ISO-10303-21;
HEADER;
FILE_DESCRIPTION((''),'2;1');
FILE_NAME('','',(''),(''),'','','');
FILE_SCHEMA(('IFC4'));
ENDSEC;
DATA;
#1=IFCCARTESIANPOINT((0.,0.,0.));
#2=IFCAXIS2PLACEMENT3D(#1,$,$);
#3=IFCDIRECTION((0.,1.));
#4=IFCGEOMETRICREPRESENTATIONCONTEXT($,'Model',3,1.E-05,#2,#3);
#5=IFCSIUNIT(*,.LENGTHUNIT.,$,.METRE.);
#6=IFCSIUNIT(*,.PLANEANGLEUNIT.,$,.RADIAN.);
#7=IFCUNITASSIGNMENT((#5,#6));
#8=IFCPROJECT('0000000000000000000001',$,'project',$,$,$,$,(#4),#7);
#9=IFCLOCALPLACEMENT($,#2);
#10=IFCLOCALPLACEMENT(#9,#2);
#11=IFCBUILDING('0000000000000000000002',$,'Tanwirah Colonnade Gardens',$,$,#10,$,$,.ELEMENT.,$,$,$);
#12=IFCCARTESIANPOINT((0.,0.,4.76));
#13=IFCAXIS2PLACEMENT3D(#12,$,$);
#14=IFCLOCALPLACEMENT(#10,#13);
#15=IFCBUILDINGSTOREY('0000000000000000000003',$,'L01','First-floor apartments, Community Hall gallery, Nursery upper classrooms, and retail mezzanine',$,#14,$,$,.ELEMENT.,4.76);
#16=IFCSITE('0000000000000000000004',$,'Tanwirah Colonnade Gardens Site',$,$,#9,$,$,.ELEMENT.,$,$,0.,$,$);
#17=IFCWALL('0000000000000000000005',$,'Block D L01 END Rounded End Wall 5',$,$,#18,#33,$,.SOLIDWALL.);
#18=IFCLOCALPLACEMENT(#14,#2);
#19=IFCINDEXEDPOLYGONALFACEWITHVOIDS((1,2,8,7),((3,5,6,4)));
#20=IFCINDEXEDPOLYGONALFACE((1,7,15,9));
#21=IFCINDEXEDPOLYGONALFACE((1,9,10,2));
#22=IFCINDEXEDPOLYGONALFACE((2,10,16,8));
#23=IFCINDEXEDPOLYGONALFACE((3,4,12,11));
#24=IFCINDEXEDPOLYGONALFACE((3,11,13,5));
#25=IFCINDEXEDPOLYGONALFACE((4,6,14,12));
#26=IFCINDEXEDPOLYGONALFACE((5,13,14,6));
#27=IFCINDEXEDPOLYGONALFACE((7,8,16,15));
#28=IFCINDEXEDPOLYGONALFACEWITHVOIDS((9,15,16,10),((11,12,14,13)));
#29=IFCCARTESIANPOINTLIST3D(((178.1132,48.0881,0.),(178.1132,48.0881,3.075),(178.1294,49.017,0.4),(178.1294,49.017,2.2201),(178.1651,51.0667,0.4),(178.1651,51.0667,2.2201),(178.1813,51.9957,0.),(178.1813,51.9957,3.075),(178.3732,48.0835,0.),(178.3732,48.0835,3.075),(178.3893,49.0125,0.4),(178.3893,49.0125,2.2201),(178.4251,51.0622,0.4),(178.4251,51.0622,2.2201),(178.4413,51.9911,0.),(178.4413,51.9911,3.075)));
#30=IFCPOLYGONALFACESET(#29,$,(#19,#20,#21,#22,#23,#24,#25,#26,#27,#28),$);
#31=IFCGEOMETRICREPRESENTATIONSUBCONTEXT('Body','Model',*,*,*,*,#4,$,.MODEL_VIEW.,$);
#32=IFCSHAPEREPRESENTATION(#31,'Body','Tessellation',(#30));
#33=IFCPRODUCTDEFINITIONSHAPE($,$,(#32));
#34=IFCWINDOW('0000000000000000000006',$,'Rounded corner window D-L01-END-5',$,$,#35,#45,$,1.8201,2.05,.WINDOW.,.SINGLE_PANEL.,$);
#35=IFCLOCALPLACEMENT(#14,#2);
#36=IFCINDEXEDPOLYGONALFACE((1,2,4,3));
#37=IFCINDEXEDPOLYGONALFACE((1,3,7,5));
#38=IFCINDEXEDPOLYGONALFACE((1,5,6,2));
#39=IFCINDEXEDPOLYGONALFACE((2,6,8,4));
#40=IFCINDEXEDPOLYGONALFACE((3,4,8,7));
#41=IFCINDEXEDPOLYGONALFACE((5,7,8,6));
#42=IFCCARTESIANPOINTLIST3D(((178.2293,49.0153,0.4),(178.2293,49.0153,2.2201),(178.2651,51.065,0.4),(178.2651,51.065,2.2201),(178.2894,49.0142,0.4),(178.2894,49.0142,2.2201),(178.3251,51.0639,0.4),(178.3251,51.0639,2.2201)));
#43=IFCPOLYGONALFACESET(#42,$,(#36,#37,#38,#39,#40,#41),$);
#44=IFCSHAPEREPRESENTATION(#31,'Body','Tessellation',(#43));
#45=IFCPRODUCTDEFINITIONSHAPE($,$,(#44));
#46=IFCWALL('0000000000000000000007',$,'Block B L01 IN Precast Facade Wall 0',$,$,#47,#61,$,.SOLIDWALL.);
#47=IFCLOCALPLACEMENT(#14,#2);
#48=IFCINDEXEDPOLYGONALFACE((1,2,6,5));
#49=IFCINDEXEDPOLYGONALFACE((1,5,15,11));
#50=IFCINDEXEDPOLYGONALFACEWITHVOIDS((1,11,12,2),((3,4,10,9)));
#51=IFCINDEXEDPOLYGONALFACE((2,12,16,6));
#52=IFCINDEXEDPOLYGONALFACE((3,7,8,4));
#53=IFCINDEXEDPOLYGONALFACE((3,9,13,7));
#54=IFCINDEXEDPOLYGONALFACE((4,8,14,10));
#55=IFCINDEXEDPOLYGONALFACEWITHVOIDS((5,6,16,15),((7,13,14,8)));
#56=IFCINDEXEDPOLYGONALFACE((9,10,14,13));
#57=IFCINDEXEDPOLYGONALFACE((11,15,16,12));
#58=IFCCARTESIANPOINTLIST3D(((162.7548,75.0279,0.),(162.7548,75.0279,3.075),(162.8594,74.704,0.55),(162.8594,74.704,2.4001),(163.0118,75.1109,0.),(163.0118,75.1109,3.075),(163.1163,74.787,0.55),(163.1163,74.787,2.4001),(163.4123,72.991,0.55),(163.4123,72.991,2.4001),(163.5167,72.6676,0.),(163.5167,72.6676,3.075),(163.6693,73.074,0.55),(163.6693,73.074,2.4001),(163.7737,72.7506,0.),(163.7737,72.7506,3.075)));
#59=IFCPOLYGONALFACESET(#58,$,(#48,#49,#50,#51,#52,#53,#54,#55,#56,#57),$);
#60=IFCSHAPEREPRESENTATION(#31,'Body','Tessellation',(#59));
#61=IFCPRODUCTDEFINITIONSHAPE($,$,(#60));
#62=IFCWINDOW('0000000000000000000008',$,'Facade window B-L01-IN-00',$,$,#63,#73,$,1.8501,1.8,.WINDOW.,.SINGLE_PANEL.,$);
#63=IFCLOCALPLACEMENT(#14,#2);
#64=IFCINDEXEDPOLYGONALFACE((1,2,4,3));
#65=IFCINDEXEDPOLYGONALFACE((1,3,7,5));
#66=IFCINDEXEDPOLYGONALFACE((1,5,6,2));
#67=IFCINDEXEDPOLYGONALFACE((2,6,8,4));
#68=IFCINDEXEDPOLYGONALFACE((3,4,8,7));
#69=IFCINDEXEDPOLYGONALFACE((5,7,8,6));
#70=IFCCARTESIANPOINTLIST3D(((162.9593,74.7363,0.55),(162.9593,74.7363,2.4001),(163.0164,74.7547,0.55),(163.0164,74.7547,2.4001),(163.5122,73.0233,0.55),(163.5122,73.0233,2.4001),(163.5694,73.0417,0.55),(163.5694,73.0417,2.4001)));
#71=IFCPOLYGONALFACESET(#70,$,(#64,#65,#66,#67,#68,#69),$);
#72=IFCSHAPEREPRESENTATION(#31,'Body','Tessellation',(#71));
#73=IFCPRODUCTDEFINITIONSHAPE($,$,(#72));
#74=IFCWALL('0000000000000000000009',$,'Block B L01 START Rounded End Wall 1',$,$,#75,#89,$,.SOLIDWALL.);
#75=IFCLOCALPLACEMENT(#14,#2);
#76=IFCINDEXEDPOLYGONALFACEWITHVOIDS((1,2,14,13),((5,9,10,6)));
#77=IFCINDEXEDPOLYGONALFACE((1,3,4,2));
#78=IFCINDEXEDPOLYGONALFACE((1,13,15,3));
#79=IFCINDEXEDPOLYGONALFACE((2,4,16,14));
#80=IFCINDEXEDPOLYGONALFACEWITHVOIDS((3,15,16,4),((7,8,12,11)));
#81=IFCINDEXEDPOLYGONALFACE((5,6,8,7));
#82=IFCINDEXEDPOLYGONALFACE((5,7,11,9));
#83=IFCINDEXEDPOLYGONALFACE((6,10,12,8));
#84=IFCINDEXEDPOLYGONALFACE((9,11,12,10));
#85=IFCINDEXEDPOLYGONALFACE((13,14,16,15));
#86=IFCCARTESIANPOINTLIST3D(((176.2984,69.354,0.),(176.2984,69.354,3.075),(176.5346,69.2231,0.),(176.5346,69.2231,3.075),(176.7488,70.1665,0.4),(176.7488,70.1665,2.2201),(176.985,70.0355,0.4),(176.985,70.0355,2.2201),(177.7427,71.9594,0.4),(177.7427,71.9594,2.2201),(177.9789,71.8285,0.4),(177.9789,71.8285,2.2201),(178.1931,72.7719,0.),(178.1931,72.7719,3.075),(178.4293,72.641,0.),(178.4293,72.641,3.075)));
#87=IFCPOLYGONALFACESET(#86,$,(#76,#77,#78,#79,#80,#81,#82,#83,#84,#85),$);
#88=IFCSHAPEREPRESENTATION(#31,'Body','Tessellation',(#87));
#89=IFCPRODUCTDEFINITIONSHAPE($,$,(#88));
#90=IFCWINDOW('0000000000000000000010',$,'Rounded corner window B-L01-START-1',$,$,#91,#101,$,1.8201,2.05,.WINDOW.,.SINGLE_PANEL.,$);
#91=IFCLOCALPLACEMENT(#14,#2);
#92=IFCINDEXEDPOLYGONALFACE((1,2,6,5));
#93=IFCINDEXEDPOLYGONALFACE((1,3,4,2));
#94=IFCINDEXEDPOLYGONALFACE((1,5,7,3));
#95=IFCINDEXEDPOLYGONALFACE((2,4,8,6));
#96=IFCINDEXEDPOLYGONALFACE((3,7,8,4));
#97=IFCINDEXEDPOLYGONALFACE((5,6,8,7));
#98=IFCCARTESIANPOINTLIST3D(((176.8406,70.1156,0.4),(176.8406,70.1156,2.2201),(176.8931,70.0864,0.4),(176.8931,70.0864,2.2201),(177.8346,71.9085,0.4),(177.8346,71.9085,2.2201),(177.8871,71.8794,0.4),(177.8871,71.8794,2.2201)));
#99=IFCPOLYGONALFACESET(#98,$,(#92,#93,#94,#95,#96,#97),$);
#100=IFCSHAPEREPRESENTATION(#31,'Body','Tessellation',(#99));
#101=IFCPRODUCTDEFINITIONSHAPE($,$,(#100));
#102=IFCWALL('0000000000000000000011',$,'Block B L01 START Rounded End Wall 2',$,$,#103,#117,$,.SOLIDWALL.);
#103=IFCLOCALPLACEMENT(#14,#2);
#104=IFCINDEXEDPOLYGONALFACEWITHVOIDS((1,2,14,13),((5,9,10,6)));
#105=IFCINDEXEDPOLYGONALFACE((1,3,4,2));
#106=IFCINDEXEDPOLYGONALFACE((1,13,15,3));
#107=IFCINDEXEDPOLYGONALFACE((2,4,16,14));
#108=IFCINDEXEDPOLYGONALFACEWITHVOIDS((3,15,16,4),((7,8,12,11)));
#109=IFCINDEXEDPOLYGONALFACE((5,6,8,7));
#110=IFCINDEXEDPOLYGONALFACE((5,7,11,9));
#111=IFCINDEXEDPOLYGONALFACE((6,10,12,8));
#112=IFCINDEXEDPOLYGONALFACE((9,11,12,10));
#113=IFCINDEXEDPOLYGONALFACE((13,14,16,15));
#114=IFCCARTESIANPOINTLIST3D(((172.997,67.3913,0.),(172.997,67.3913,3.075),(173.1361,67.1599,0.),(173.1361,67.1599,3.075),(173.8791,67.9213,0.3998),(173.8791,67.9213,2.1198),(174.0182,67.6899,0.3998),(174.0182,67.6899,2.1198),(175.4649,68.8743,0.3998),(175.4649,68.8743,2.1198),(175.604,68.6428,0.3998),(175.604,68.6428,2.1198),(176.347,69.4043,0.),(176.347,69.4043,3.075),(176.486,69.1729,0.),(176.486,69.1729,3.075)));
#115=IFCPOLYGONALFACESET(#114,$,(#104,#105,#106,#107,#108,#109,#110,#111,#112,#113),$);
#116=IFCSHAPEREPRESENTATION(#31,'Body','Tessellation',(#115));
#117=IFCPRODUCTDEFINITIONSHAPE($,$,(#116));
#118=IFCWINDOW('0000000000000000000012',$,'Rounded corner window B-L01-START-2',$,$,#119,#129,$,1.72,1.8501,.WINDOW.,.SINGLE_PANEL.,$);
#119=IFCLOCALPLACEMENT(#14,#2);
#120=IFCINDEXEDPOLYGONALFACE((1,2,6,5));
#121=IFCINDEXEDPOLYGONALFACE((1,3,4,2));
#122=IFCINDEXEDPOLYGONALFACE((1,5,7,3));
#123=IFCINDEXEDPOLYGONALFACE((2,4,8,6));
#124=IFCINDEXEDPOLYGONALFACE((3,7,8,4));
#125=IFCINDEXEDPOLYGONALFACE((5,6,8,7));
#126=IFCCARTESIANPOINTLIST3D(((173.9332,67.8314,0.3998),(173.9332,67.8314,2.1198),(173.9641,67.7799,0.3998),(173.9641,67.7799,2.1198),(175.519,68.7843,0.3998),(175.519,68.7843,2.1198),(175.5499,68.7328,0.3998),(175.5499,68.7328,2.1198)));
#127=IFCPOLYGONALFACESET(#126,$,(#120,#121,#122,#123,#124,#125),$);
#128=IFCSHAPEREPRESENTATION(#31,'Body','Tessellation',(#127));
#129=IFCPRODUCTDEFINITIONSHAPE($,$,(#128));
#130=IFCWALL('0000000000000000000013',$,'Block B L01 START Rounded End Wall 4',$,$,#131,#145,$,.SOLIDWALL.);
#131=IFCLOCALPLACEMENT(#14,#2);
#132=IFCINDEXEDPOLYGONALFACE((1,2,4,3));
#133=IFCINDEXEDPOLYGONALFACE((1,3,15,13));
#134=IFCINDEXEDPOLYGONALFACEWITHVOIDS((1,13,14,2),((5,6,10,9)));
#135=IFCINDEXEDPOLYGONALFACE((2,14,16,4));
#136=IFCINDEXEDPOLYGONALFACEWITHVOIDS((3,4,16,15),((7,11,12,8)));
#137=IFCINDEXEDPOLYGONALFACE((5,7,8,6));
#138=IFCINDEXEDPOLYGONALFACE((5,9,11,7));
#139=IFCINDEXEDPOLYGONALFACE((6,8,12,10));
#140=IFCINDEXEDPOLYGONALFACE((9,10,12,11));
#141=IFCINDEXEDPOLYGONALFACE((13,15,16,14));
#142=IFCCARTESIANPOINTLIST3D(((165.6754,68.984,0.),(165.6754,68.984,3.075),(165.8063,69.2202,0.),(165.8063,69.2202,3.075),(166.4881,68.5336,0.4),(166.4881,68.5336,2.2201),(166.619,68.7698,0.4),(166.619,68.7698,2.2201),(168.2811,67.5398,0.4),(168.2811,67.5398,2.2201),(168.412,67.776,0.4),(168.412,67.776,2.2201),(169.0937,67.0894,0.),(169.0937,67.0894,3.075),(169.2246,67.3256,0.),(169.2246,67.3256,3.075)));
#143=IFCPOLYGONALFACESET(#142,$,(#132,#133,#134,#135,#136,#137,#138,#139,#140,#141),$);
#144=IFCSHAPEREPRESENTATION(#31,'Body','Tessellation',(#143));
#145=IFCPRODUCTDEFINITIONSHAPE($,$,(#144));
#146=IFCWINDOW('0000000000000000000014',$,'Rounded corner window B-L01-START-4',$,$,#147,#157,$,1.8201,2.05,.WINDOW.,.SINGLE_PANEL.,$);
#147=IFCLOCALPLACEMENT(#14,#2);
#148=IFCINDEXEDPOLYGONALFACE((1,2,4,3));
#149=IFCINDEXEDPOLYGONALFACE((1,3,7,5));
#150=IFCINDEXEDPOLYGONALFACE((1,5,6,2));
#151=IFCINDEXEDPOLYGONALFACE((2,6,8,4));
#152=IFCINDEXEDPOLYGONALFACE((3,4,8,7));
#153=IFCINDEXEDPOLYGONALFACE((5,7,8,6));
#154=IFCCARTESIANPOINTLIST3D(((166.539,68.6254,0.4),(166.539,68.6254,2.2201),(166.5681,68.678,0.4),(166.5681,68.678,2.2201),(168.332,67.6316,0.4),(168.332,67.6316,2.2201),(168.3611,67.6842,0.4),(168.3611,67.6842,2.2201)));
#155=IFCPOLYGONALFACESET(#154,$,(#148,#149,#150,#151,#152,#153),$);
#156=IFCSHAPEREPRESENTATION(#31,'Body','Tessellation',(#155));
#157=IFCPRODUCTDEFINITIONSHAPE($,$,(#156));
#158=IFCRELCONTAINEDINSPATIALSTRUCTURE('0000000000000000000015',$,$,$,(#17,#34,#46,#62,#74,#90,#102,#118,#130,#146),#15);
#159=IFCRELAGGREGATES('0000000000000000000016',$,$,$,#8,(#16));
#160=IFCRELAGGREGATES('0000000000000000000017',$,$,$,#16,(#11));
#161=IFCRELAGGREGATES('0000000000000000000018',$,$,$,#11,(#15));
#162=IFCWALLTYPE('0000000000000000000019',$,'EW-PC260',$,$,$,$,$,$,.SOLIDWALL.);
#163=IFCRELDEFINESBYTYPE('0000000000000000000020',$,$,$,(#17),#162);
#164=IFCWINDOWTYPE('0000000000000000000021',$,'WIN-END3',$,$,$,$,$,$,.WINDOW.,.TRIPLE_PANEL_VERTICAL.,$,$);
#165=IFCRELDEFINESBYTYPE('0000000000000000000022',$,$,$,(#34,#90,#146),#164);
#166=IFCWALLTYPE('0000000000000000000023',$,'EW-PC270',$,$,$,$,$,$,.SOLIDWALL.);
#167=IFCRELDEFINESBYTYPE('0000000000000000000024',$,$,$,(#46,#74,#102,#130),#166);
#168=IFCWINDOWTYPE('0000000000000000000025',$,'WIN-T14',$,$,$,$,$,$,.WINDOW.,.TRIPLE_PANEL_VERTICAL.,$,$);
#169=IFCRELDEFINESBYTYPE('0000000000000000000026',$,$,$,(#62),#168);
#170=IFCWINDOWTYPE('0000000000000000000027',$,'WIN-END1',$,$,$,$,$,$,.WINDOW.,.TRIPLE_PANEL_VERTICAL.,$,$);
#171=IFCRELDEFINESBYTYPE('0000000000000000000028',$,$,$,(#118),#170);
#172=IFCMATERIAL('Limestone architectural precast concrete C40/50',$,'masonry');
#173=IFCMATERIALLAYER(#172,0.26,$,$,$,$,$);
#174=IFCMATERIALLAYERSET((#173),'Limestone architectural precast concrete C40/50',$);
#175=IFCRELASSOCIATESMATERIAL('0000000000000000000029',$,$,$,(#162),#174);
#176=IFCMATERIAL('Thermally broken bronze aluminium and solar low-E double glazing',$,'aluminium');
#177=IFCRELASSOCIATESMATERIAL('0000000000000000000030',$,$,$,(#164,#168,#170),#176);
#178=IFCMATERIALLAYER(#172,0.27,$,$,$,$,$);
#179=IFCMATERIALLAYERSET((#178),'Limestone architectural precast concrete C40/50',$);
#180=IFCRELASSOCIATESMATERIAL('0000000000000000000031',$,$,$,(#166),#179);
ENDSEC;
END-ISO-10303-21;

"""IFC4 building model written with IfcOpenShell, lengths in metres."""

from ifc_helpers import new_model, si_unit, direction, frame, frame_2d, origin, place, context, subcontext, project, spatial, rectangle, extrude, material, layer, layer_set, type_object, element, fill, save


model = new_model("IFC4")

# Units and contexts
model_context = context("Model", 3, precision=1e-05, world=origin(), true_north=direction((0.0, 1.0)))
body_context = subcontext(model_context, "Body", "Model", "MODEL_VIEW")
ifc_project = project(units=[si_unit("LENGTHUNIT", "METRE"), si_unit("PLANEANGLEUNIT", "RADIAN")], contexts=[model_context])

# Site, building, storey
site_placement = place(None, origin())
site = spatial("IfcSite", under=ifc_project, at=site_placement, Name="Tanwirah Colonnade Gardens Site", CompositionType="ELEMENT", RefElevation=0.0)
building_placement = place(site_placement, origin())
building = spatial("IfcBuilding", under=site, at=building_placement, Name="Tanwirah Colonnade Gardens", CompositionType="ELEMENT")
storey_placement = place(building_placement, frame((0.0, 0.0, 4.76)))
storey = spatial("IfcBuildingStorey", under=building, at=storey_placement, Name="L01", Description="First-floor apartments, Community Hall gallery, Nursery upper classrooms, and retail mezzanine", CompositionType="ELEMENT", Elevation=4.76)

# Walls, openings, windows
ifc_material_1 = material(Name="Limestone architectural precast concrete C40/50", Category="masonry")
ifc_layer_1 = layer(ifc_material_1, 0.26)
ifc_layer_set_1 = layer_set([ifc_layer_1], Name="Limestone architectural precast concrete C40/50")
wall_type_1 = type_object("IfcWallType", Name="EW-PC260", PredefinedType="SOLIDWALL", material=ifc_layer_set_1)
ifc_material_2 = material(Name="Thermally broken bronze aluminium and solar low-E double glazing", Category="aluminium")
window_type_1 = type_object("IfcWindowType", Name="WIN-END3", PartitioningType="TRIPLE_PANEL_VERTICAL", PredefinedType="WINDOW", material=ifc_material_2)
wall_1_placement = place(storey_placement, frame((178.3113, 51.9934, 0.0), z_axis=(0.0, 0.0, 1.0), x_axis=(-0.017428, -0.999848, 0.0)))
wall_1 = element("IfcWall", 1, at=wall_1_placement, inside=storey, type_object=wall_type_1, Name="Block D L01 END Rounded End Wall 5", PredefinedType="SOLIDWALL", context=body_context, shape_type="SweptSolid", body=[
    extrude(rectangle(XDim=3.9082, YDim=0.26, at=frame_2d((1.9541, 0.0))), origin(), (0.0, 0.0, 1.0), 3.075),
])
opening_1_placement = place(wall_1_placement, frame((0.9292, 0.0, 0.3999)))
opening_1 = element("IfcOpeningElement", 2, at=opening_1_placement, cuts=wall_1, PredefinedType="OPENING", context=body_context, shape_type="SweptSolid", body=[
    extrude(rectangle(XDim=2.05, YDim=1.8201, at=frame_2d((1.0249, 0.9102))), frame((0.0, 0.1399, 0.0), z_axis=(0.0, -1.0, 0.0), x_axis=(1.0, 0.0, 0.0)), (0.0, 0.0, 1.0), 0.28),
])
window_1_placement = place(opening_1_placement, origin())
window_1 = element("IfcWindow", 3, at=window_1_placement, inside=storey, type_object=window_type_1, Name="Rounded corner window D-L01-END-5", OverallHeight=1.8201, OverallWidth=2.05, PartitioningType="SINGLE_PANEL", PredefinedType="WINDOW", context=body_context, shape_type="SweptSolid", body=[
    extrude(rectangle(XDim=2.05, YDim=1.8201, at=frame_2d((1.0249, 0.9102))), frame((0.0, 0.03, 0.0), z_axis=(0.0, -1.0, 0.0), x_axis=(1.0, 0.0, 0.0)), (0.0, 0.0, 1.0), 0.0601),
])
fill(opening_1, window_1)
ifc_layer_2 = layer(ifc_material_1, 0.27)
ifc_layer_set_2 = layer_set([ifc_layer_2], Name="Limestone architectural precast concrete C40/50")
wall_type_2 = type_object("IfcWallType", Name="EW-PC270", PredefinedType="SOLIDWALL", material=ifc_layer_set_2)
wall_2_placement = place(storey_placement, frame((163.6453, 72.709, 0.0), z_axis=(0.0, 0.0, 1.0), x_axis=(-0.307207, 0.951643, 0.0)))
wall_2 = element("IfcWall", 4, at=wall_2_placement, inside=storey, type_object=wall_type_2, Name="Block B L01 IN Precast Facade Wall 0", PredefinedType="SOLIDWALL", context=body_context, shape_type="SweptSolid", body=[
    extrude(rectangle(XDim=2.4802, YDim=0.27, at=frame_2d((1.2402, 0.0))), origin(), (0.0, 0.0, 1.0), 3.075),
])
opening_2_placement = place(wall_2_placement, frame((0.3401, 0.0, 0.55)))
opening_2 = element("IfcOpeningElement", 5, at=opening_2_placement, cuts=wall_2, PredefinedType="OPENING", context=body_context, shape_type="SweptSolid", body=[
    extrude(rectangle(XDim=1.8, YDim=1.8501, at=frame_2d((0.8999, 0.925))), frame((0.0, 0.145, 0.0), z_axis=(0.0, -1.0, 0.0), x_axis=(1.0, 0.0, 0.0)), (0.0, 0.0, 1.0), 0.29),
])
window_type_2 = type_object("IfcWindowType", Name="WIN-T14", PartitioningType="TRIPLE_PANEL_VERTICAL", PredefinedType="WINDOW", material=ifc_material_2)
window_2_placement = place(opening_2_placement, origin())
window_2 = element("IfcWindow", 6, at=window_2_placement, inside=storey, type_object=window_type_2, Name="Facade window B-L01-IN-00", OverallHeight=1.8501, OverallWidth=1.8, PartitioningType="SINGLE_PANEL", PredefinedType="WINDOW", context=body_context, shape_type="SweptSolid", body=[
    extrude(rectangle(XDim=1.8, YDim=1.8501, at=frame_2d((0.8999, 0.925))), frame((0.0, 0.03, 0.0), z_axis=(0.0, -1.0, 0.0), x_axis=(1.0, 0.0, 0.0)), (0.0, 0.0, 1.0), 0.0601),
])
fill(opening_2, window_2)
wall_3_placement = place(storey_placement, frame((178.3113, 72.7065, 0.0), z_axis=(0.0, 0.0, 1.0), x_axis=(-0.484842, -0.874602, 0.0)))
wall_3 = element("IfcWall", 7, at=wall_3_placement, inside=storey, type_object=wall_type_2, Name="Block B L01 START Rounded End Wall 1", PredefinedType="SOLIDWALL", context=body_context, shape_type="SweptSolid", body=[
    extrude(rectangle(XDim=3.908, YDim=0.27, at=frame_2d((1.9541, 0.0))), origin(), (0.0, 0.0, 1.0), 3.075),
])
opening_3_placement = place(wall_3_placement, frame((0.9292, 0.0, 0.3999)))
opening_3 = element("IfcOpeningElement", 8, at=opening_3_placement, cuts=wall_3, PredefinedType="OPENING", context=body_context, shape_type="SweptSolid", body=[
    extrude(rectangle(XDim=2.05, YDim=1.8201, at=frame_2d((1.0249, 0.9102))), frame((0.0, 0.145, 0.0), z_axis=(0.0, -1.0, 0.0), x_axis=(1.0, 0.0, 0.0)), (0.0, 0.0, 1.0), 0.29),
])
window_3_placement = place(opening_3_placement, origin())
window_3 = element("IfcWindow", 9, at=window_3_placement, inside=storey, type_object=window_type_1, Name="Rounded corner window B-L01-START-1", OverallHeight=1.8201, OverallWidth=2.05, PartitioningType="SINGLE_PANEL", PredefinedType="WINDOW", context=body_context, shape_type="SweptSolid", body=[
    extrude(rectangle(XDim=2.05, YDim=1.8201, at=frame_2d((1.0249, 0.9102))), frame((0.0, 0.03, 0.0), z_axis=(0.0, -1.0, 0.0), x_axis=(1.0, 0.0, 0.0)), (0.0, 0.0, 1.0), 0.0601),
])
fill(opening_3, window_3)
wall_4_placement = place(storey_placement, frame((176.4165, 69.2886, 0.0), z_axis=(0.0, 0.0, 1.0), x_axis=(-0.857151, -0.515065, 0.0)))
wall_4 = element("IfcWall", 10, at=wall_4_placement, inside=storey, type_object=wall_type_2, Name="Block B L01 START Rounded End Wall 2", PredefinedType="SOLIDWALL", context=body_context, shape_type="SweptSolid", body=[
    extrude(rectangle(XDim=3.9082, YDim=0.27, at=frame_2d((1.9541, 0.0))), origin(), (0.0, 0.0, 1.0), 3.075),
])
opening_4_placement = place(wall_4_placement, frame((1.0291, 0.0, 0.3999)))
opening_4 = element("IfcOpeningElement", 11, at=opening_4_placement, cuts=wall_4, PredefinedType="OPENING", context=body_context, shape_type="SweptSolid", body=[
    extrude(rectangle(XDim=1.8501, YDim=1.72, at=frame_2d((0.925, 0.8599))), frame((0.0, 0.145, 0.0), z_axis=(0.0, -1.0, 0.0), x_axis=(1.0, 0.0, 0.0)), (0.0, 0.0, 1.0), 0.29),
])
window_type_3 = type_object("IfcWindowType", Name="WIN-END1", PartitioningType="TRIPLE_PANEL_VERTICAL", PredefinedType="WINDOW", material=ifc_material_2)
window_4_placement = place(opening_4_placement, origin())
window_4 = element("IfcWindow", 12, at=window_4_placement, inside=storey, type_object=window_type_3, Name="Rounded corner window B-L01-START-2", OverallHeight=1.72, OverallWidth=1.8501, PartitioningType="SINGLE_PANEL", PredefinedType="WINDOW", context=body_context, shape_type="SweptSolid", body=[
    extrude(rectangle(XDim=1.8501, YDim=1.72, at=frame_2d((0.925, 0.8599))), frame((0.0, 0.03, 0.0), z_axis=(0.0, -1.0, 0.0), x_axis=(1.0, 0.0, 0.0)), (0.0, 0.0, 1.0), 0.0601),
])
fill(opening_4, window_4)
wall_5_placement = place(storey_placement, frame((169.1592, 67.2075, 0.0), z_axis=(0.0, 0.0, 1.0), x_axis=(-0.874643, 0.484768, 0.0)))
wall_5 = element("IfcWall", 13, at=wall_5_placement, inside=storey, type_object=wall_type_2, Name="Block B L01 START Rounded End Wall 4", PredefinedType="SOLIDWALL", context=body_context, shape_type="SweptSolid", body=[
    extrude(rectangle(XDim=3.9082, YDim=0.27, at=frame_2d((1.9541, 0.0))), origin(), (0.0, 0.0, 1.0), 3.075),
])
opening_5_placement = place(wall_5_placement, frame((0.9292, 0.0, 0.3999)))
opening_5 = element("IfcOpeningElement", 14, at=opening_5_placement, cuts=wall_5, PredefinedType="OPENING", context=body_context, shape_type="SweptSolid", body=[
    extrude(rectangle(XDim=2.05, YDim=1.8201, at=frame_2d((1.0249, 0.9102))), frame((0.0, 0.145, 0.0), z_axis=(0.0, -1.0, 0.0), x_axis=(1.0, 0.0, 0.0)), (0.0, 0.0, 1.0), 0.29),
])
window_5_placement = place(opening_5_placement, origin())
window_5 = element("IfcWindow", 15, at=window_5_placement, inside=storey, type_object=window_type_1, Name="Rounded corner window B-L01-START-4", OverallHeight=1.8201, OverallWidth=2.05, PartitioningType="SINGLE_PANEL", PredefinedType="WINDOW", context=body_context, shape_type="SweptSolid", body=[
    extrude(rectangle(XDim=2.05, YDim=1.8201, at=frame_2d((1.0249, 0.9102))), frame((0.0, 0.03, 0.0), z_axis=(0.0, -1.0, 0.0), x_axis=(1.0, 0.0, 0.0)), (0.0, 0.0, 1.0), 0.0601),
])
fill(opening_5, window_5)

save(model, "model.ifc")
